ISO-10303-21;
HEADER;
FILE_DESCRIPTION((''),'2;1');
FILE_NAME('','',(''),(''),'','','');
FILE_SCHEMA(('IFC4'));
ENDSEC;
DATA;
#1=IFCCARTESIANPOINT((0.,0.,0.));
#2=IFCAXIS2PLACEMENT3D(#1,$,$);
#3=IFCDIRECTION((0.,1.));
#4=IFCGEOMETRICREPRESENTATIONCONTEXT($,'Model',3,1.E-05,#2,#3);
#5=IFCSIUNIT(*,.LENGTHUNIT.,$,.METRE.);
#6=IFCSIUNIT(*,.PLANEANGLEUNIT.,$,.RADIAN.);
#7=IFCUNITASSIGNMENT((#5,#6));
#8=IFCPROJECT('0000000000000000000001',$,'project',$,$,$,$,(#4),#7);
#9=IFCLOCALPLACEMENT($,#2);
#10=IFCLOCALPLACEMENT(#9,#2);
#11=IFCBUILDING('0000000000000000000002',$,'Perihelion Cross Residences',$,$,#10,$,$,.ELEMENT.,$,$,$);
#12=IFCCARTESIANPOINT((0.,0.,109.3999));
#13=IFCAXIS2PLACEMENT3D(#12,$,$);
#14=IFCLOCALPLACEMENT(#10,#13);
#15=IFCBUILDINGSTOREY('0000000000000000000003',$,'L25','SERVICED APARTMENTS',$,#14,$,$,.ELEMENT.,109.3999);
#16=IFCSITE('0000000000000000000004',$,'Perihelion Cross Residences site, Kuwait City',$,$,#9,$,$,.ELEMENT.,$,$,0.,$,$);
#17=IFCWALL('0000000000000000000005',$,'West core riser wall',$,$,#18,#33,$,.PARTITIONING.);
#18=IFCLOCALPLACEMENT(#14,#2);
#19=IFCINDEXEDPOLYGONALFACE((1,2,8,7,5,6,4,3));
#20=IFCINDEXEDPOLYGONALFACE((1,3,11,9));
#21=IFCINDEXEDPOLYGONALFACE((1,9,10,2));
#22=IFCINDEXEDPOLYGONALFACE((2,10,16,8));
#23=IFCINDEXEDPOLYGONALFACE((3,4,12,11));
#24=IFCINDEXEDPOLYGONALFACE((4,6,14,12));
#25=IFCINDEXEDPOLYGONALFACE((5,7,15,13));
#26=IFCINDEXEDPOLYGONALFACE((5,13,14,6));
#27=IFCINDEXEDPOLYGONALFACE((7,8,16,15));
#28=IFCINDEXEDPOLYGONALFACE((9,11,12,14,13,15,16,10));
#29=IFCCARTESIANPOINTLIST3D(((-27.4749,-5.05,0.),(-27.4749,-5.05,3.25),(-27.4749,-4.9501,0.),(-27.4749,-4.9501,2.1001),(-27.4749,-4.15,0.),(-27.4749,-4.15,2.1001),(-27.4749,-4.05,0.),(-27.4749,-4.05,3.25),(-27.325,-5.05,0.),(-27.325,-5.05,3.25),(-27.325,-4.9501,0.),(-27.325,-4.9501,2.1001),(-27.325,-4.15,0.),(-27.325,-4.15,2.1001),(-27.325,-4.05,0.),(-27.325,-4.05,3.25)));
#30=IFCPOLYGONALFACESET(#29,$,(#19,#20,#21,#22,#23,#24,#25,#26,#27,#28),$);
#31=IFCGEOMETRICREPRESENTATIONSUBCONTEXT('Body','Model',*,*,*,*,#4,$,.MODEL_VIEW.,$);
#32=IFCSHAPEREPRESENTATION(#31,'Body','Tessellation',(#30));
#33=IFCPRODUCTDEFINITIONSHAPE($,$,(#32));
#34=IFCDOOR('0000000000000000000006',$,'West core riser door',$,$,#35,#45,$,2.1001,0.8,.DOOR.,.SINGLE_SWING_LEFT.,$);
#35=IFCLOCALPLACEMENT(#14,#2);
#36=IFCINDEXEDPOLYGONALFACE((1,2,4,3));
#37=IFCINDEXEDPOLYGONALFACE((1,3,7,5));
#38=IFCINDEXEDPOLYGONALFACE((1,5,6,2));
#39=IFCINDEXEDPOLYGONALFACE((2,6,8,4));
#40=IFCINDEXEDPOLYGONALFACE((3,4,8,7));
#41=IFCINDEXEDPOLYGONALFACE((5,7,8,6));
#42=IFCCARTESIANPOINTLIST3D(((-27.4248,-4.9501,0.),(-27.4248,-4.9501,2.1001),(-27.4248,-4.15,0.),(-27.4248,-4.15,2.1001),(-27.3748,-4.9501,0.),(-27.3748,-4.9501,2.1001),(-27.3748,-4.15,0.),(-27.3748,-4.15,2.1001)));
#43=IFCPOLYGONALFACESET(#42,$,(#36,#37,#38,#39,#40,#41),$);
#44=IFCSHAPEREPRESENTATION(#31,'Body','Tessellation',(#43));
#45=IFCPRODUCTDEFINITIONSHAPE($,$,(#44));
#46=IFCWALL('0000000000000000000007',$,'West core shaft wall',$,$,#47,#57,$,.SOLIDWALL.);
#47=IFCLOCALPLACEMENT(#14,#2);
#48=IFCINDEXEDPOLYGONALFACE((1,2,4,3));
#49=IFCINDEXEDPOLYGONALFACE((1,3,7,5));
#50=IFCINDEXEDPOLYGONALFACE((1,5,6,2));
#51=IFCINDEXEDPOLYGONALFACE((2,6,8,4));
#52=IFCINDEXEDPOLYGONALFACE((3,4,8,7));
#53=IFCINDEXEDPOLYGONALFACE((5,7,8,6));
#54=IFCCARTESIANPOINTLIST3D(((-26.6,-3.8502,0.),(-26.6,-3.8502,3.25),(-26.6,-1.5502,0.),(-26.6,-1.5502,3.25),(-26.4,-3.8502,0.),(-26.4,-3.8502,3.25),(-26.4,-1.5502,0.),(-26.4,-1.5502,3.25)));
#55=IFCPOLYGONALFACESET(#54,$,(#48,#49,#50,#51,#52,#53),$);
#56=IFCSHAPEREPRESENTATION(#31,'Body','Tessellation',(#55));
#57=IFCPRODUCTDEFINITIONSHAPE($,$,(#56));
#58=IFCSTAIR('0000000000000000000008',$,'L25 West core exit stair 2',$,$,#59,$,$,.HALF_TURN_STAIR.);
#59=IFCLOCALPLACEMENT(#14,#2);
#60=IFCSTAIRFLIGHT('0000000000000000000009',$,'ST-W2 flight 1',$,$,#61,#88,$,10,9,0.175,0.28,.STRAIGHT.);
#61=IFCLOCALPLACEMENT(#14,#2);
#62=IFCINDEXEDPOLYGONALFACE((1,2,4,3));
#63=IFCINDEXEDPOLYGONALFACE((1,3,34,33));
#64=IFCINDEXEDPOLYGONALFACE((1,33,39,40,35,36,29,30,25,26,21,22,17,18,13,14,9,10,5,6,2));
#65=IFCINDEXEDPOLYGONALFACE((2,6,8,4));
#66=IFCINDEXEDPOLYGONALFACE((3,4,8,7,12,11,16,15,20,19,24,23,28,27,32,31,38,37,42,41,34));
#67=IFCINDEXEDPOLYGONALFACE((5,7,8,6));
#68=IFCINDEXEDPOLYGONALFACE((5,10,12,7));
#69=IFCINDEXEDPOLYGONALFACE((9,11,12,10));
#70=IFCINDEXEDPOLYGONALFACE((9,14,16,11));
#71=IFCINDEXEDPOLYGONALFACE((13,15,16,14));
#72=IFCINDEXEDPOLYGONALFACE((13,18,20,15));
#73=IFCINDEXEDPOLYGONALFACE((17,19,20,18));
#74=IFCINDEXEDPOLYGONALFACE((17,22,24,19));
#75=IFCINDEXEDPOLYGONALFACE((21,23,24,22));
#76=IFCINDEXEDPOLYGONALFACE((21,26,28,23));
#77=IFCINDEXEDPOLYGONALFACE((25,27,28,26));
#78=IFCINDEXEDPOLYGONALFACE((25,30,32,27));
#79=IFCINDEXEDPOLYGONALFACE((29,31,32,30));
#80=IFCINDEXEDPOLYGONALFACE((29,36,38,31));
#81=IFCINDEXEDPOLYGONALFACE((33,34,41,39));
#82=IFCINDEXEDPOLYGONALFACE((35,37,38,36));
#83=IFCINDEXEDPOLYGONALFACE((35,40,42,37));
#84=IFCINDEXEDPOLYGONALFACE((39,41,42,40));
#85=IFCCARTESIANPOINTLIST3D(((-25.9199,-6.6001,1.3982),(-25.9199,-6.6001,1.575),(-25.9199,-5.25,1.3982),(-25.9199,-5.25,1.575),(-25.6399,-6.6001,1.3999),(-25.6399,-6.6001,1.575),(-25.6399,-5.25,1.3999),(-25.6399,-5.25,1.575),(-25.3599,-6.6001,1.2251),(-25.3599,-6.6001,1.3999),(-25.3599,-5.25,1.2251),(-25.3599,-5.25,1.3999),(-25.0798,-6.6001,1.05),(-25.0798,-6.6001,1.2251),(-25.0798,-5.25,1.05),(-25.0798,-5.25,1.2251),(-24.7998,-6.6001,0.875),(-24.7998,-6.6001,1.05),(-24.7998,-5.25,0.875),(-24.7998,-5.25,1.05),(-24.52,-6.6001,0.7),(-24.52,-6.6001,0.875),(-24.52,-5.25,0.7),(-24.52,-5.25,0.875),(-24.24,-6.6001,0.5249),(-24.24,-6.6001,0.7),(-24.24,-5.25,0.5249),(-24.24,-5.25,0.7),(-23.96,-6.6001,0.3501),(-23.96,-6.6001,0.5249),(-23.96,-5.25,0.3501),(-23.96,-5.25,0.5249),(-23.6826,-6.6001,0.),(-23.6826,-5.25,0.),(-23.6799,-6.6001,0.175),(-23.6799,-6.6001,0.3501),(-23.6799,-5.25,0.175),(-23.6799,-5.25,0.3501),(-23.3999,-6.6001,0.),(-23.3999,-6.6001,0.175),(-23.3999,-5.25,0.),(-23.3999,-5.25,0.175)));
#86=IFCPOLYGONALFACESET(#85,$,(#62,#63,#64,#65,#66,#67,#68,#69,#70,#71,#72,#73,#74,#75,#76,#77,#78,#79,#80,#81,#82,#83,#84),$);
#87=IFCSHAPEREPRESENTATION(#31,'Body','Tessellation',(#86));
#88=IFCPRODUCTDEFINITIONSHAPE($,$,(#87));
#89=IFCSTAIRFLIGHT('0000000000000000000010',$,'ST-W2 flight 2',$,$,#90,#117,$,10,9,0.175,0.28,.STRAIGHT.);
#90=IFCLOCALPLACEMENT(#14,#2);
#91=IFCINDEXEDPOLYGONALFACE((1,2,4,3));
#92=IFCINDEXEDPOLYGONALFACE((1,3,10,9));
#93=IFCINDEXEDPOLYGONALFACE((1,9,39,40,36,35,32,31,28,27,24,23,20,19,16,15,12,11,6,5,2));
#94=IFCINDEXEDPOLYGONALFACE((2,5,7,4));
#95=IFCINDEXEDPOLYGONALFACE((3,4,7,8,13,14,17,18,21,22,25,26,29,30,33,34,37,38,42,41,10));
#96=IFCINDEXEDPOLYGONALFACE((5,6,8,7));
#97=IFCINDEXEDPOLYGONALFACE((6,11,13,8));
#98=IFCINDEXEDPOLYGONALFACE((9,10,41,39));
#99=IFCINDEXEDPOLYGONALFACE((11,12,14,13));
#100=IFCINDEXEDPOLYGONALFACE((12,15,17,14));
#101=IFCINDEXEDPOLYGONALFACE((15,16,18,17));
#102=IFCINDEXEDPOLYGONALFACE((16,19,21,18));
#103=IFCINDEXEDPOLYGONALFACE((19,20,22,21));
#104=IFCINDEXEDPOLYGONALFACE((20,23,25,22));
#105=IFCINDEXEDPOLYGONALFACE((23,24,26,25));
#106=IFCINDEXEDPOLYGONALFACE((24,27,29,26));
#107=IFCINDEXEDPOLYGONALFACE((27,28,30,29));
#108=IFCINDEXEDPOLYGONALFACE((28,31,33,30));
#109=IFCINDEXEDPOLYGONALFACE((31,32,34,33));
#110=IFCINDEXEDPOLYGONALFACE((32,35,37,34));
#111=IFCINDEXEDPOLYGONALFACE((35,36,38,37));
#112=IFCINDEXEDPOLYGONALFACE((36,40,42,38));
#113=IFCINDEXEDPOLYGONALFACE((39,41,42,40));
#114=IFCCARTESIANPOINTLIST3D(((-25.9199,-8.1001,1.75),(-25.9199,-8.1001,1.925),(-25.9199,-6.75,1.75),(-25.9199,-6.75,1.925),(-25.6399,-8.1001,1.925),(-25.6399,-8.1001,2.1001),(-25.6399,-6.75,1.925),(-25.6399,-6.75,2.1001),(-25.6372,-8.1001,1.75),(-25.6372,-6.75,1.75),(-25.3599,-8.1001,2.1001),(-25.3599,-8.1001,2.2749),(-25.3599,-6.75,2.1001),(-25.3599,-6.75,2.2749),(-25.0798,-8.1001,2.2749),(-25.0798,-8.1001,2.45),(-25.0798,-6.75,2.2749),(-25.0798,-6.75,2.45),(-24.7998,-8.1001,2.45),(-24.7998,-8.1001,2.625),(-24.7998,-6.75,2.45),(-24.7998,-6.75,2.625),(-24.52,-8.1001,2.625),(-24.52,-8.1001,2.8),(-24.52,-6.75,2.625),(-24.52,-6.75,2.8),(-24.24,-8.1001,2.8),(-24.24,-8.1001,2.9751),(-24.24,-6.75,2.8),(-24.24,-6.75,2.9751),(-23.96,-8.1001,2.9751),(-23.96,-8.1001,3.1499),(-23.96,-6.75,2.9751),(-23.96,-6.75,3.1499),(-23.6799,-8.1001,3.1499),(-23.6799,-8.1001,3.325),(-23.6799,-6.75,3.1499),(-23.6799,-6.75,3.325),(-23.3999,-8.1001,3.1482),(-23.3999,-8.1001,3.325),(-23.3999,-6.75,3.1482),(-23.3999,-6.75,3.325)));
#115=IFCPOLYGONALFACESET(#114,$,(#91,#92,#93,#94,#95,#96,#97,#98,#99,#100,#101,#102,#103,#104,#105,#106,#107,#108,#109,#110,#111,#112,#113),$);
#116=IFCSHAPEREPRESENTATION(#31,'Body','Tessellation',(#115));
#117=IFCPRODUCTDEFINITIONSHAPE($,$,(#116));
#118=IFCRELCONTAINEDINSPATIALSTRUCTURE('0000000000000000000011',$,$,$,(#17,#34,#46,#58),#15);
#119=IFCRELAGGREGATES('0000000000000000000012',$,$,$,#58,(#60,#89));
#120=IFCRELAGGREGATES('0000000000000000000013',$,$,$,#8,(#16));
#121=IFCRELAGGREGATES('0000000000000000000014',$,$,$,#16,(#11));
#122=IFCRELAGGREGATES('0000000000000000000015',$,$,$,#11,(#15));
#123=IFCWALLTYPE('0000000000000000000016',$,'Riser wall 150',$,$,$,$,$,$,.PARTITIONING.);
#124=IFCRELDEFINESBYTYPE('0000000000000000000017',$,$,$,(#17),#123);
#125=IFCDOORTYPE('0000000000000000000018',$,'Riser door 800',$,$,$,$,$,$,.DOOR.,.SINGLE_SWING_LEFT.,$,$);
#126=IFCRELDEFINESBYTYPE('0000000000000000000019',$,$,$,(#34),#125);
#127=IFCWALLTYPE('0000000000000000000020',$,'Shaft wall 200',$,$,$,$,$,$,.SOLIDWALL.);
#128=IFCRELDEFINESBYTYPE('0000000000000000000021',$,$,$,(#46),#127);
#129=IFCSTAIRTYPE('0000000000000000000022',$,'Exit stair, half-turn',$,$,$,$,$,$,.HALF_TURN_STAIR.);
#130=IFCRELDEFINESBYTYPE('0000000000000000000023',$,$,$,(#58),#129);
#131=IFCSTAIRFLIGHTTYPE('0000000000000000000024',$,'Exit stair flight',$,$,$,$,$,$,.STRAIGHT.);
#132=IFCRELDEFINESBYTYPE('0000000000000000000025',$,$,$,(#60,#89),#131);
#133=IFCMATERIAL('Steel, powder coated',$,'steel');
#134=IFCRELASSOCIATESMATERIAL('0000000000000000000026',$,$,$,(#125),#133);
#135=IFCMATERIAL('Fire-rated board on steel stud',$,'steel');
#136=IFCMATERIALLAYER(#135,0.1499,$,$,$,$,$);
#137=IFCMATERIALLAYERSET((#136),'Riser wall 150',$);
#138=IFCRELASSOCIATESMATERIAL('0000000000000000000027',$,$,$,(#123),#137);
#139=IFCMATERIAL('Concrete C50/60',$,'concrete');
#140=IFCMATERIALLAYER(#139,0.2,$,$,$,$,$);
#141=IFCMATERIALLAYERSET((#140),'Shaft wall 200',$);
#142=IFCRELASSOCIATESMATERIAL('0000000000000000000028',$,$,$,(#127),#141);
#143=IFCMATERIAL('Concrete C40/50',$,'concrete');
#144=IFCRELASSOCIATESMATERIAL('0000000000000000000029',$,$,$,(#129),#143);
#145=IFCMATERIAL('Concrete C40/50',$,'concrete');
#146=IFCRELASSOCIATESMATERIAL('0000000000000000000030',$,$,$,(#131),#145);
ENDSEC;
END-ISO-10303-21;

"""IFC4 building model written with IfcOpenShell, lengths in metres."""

from ifc_helpers import new_model, si_unit, direction, frame, frame_2d, origin, place, context, subcontext, project, spatial, polyline, rectangle, outline, extrude, material, layer, layer_set, type_object, element, fill, aggregate, save


model = new_model("IFC4")

# Units and contexts
model_context = context("Model", 3, precision=1e-05, world=origin(), true_north=direction((0.0, 1.0)))
body_context = subcontext(model_context, "Body", "Model", "MODEL_VIEW")
ifc_project = project(units=[si_unit("LENGTHUNIT", "METRE"), si_unit("PLANEANGLEUNIT", "RADIAN")], contexts=[model_context])

# Site, building, storey
site_placement = place(None, origin())
site = spatial("IfcSite", under=ifc_project, at=site_placement, Name="Perihelion Cross Residences site, Kuwait City", CompositionType="ELEMENT", RefElevation=0.0)
building_placement = place(site_placement, origin())
building = spatial("IfcBuilding", under=site, at=building_placement, Name="Perihelion Cross Residences", CompositionType="ELEMENT")
storey_placement = place(building_placement, frame((0.0, 0.0, 109.3999)))
storey = spatial("IfcBuildingStorey", under=building, at=storey_placement, Name="L25", Description="SERVICED APARTMENTS", CompositionType="ELEMENT", Elevation=109.3999)

# Wall, opening, door
ifc_material_1 = material(Name="Steel, powder coated", Category="steel")
door_type_1 = type_object("IfcDoorType", Name="Riser door 800", OperationType="SINGLE_SWING_LEFT", PredefinedType="DOOR", material=ifc_material_1)
ifc_material_2 = material(Name="Fire-rated board on steel stud", Category="steel")
ifc_layer_1 = layer(ifc_material_2, 0.1499)
ifc_layer_set_1 = layer_set([ifc_layer_1], Name="Riser wall 150")
wall_type_1 = type_object("IfcWallType", Name="Riser wall 150", PredefinedType="PARTITIONING", material=ifc_layer_set_1)
wall_1_placement = place(storey_placement, frame((-27.3999, -5.05, 0.0), z_axis=(0.0, 0.0, 1.0), x_axis=(0.0, 1.0, 0.0)))
wall_1 = element("IfcWall", 1, at=wall_1_placement, inside=storey, type_object=wall_type_1, Name="West core riser wall", PredefinedType="PARTITIONING", context=body_context, shape_type="SweptSolid", body=[
    extrude(rectangle(XDim=1.0, YDim=0.1499, at=frame_2d((0.5, 0.0))), origin(), (0.0, 0.0, 1.0), 3.25),
])
opening_1_placement = place(wall_1_placement, frame((0.1001, 0.0, 0.0)))
opening_1 = element("IfcOpeningElement", 2, at=opening_1_placement, cuts=wall_1, PredefinedType="OPENING", context=body_context, shape_type="SweptSolid", body=[
    extrude(rectangle(XDim=0.8, YDim=2.1001, at=frame_2d((0.3999, 1.05))), frame((0.0, 0.085, 0.0), z_axis=(0.0, -1.0, 0.0), x_axis=(1.0, 0.0, 0.0)), (0.0, 0.0, 1.0), 0.1699),
])
door_1_placement = place(opening_1_placement, origin())
door_1 = element("IfcDoor", 3, at=door_1_placement, inside=storey, type_object=door_type_1, Name="West core riser door", OperationType="SINGLE_SWING_LEFT", OverallHeight=2.1001, OverallWidth=0.8, PredefinedType="DOOR", context=body_context, shape_type="SweptSolid", body=[
    extrude(rectangle(XDim=0.8, YDim=2.1001, at=frame_2d((0.3999, 1.05))), frame((0.0, 0.0249, 0.0), z_axis=(0.0, -1.0, 0.0), x_axis=(1.0, 0.0, 0.0)), (0.0, 0.0, 1.0), 0.05),
])
fill(opening_1, door_1)

# Wall
ifc_material_3 = material(Name="Concrete C50/60", Category="concrete")
ifc_layer_2 = layer(ifc_material_3, 0.2)
ifc_layer_set_2 = layer_set([ifc_layer_2], Name="Shaft wall 200")
wall_type_2 = type_object("IfcWallType", Name="Shaft wall 200", PredefinedType="SOLIDWALL", material=ifc_layer_set_2)
wall_2_placement = place(storey_placement, frame((-26.5, -3.8501, 0.0), z_axis=(0.0, 0.0, 1.0), x_axis=(0.0, 1.0, 0.0)))
element("IfcWall", 4, at=wall_2_placement, inside=storey, type_object=wall_type_2, Name="West core shaft wall", PredefinedType="SOLIDWALL", context=body_context, shape_type="SweptSolid", body=[
    extrude(rectangle(XDim=2.3, YDim=0.2, at=frame_2d((1.1499, 0.0))), origin(), (0.0, 0.0, 1.0), 3.25),
])

# Stair, stair flights
ifc_material_4 = material(Name="Concrete C40/50", Category="concrete")
stair_type = type_object("IfcStairType", Name="Exit stair, half-turn", PredefinedType="HALF_TURN_STAIR", material=ifc_material_4)
stair_placement = place(storey_placement, origin())
stair = element("IfcStair", 5, at=stair_placement, inside=storey, type_object=stair_type, Name="L25 West core exit stair 2", PredefinedType="HALF_TURN_STAIR")
ifc_material_5 = material(Name="Concrete C40/50", Category="concrete")
stair_flight_type = type_object("IfcStairFlightType", Name="Exit stair flight", PredefinedType="STRAIGHT", material=ifc_material_5)
stair_flight_1_placement = place(storey_placement, frame((-23.3999, -5.925, 0.0), z_axis=(0.0, 0.0, 1.0), x_axis=(-1.0, 0.0, 0.0)))
stair_flight_1 = element("IfcStairFlight", 6, at=stair_flight_1_placement, type_object=stair_flight_type, Name="ST-W2 flight 1", NumberOfRisers=10, NumberOfTreads=9, PredefinedType="STRAIGHT", RiserHeight=0.175, TreadLength=0.28, context=body_context, shape_type="SweptSolid", body=[
    extrude(outline(polyline([(0.0, 0.0), (0.0, 0.175), (0.28, 0.175), (0.28, 0.3501), (0.5601, 0.3501), (0.5601, 0.5249), (0.8401, 0.5249), (0.8401, 0.7), (1.1201, 0.7), (1.1201, 0.875), (1.3999, 0.875), (1.3999, 1.05), (1.6799, 1.05), (1.6799, 1.2251), (1.96, 1.2251), (1.96, 1.3999), (2.24, 1.3999), (2.24, 1.575), (2.52, 1.575), (2.52, 1.75), (2.52, 1.3982), (0.2827, 0.0), (0.0, 0.0)])), frame((0.0, 0.675, 0.0), z_axis=(0.0, -1.0, 0.0), x_axis=(1.0, 0.0, 0.0)), (0.0, 0.0, 1.0), 1.3501),
])
stair_flight_2_placement = place(storey_placement, frame((-25.9199, -7.425, 1.75), z_axis=(0.0, 0.0, 1.0), x_axis=(1.0, 0.0, 0.0)))
stair_flight_2 = element("IfcStairFlight", 7, at=stair_flight_2_placement, type_object=stair_flight_type, Name="ST-W2 flight 2", NumberOfRisers=10, NumberOfTreads=9, PredefinedType="STRAIGHT", RiserHeight=0.175, TreadLength=0.28, context=body_context, shape_type="SweptSolid", body=[
    extrude(outline(polyline([(0.0, 0.0), (0.0, 0.175), (0.28, 0.175), (0.28, 0.3501), (0.5601, 0.3501), (0.5601, 0.5249), (0.8401, 0.5249), (0.8401, 0.7), (1.1201, 0.7), (1.1201, 0.875), (1.3999, 0.875), (1.3999, 1.05), (1.6799, 1.05), (1.6799, 1.2251), (1.96, 1.2251), (1.96, 1.3999), (2.24, 1.3999), (2.24, 1.575), (2.52, 1.575), (2.52, 1.75), (2.52, 1.3982), (0.2827, 0.0), (0.0, 0.0)])), frame((0.0, 0.675, 0.0), z_axis=(0.0, -1.0, 0.0), x_axis=(1.0, 0.0, 0.0)), (0.0, 0.0, 1.0), 1.3501),
])
aggregate(stair, [stair_flight_1, stair_flight_2])

save(model, "model.ifc")
